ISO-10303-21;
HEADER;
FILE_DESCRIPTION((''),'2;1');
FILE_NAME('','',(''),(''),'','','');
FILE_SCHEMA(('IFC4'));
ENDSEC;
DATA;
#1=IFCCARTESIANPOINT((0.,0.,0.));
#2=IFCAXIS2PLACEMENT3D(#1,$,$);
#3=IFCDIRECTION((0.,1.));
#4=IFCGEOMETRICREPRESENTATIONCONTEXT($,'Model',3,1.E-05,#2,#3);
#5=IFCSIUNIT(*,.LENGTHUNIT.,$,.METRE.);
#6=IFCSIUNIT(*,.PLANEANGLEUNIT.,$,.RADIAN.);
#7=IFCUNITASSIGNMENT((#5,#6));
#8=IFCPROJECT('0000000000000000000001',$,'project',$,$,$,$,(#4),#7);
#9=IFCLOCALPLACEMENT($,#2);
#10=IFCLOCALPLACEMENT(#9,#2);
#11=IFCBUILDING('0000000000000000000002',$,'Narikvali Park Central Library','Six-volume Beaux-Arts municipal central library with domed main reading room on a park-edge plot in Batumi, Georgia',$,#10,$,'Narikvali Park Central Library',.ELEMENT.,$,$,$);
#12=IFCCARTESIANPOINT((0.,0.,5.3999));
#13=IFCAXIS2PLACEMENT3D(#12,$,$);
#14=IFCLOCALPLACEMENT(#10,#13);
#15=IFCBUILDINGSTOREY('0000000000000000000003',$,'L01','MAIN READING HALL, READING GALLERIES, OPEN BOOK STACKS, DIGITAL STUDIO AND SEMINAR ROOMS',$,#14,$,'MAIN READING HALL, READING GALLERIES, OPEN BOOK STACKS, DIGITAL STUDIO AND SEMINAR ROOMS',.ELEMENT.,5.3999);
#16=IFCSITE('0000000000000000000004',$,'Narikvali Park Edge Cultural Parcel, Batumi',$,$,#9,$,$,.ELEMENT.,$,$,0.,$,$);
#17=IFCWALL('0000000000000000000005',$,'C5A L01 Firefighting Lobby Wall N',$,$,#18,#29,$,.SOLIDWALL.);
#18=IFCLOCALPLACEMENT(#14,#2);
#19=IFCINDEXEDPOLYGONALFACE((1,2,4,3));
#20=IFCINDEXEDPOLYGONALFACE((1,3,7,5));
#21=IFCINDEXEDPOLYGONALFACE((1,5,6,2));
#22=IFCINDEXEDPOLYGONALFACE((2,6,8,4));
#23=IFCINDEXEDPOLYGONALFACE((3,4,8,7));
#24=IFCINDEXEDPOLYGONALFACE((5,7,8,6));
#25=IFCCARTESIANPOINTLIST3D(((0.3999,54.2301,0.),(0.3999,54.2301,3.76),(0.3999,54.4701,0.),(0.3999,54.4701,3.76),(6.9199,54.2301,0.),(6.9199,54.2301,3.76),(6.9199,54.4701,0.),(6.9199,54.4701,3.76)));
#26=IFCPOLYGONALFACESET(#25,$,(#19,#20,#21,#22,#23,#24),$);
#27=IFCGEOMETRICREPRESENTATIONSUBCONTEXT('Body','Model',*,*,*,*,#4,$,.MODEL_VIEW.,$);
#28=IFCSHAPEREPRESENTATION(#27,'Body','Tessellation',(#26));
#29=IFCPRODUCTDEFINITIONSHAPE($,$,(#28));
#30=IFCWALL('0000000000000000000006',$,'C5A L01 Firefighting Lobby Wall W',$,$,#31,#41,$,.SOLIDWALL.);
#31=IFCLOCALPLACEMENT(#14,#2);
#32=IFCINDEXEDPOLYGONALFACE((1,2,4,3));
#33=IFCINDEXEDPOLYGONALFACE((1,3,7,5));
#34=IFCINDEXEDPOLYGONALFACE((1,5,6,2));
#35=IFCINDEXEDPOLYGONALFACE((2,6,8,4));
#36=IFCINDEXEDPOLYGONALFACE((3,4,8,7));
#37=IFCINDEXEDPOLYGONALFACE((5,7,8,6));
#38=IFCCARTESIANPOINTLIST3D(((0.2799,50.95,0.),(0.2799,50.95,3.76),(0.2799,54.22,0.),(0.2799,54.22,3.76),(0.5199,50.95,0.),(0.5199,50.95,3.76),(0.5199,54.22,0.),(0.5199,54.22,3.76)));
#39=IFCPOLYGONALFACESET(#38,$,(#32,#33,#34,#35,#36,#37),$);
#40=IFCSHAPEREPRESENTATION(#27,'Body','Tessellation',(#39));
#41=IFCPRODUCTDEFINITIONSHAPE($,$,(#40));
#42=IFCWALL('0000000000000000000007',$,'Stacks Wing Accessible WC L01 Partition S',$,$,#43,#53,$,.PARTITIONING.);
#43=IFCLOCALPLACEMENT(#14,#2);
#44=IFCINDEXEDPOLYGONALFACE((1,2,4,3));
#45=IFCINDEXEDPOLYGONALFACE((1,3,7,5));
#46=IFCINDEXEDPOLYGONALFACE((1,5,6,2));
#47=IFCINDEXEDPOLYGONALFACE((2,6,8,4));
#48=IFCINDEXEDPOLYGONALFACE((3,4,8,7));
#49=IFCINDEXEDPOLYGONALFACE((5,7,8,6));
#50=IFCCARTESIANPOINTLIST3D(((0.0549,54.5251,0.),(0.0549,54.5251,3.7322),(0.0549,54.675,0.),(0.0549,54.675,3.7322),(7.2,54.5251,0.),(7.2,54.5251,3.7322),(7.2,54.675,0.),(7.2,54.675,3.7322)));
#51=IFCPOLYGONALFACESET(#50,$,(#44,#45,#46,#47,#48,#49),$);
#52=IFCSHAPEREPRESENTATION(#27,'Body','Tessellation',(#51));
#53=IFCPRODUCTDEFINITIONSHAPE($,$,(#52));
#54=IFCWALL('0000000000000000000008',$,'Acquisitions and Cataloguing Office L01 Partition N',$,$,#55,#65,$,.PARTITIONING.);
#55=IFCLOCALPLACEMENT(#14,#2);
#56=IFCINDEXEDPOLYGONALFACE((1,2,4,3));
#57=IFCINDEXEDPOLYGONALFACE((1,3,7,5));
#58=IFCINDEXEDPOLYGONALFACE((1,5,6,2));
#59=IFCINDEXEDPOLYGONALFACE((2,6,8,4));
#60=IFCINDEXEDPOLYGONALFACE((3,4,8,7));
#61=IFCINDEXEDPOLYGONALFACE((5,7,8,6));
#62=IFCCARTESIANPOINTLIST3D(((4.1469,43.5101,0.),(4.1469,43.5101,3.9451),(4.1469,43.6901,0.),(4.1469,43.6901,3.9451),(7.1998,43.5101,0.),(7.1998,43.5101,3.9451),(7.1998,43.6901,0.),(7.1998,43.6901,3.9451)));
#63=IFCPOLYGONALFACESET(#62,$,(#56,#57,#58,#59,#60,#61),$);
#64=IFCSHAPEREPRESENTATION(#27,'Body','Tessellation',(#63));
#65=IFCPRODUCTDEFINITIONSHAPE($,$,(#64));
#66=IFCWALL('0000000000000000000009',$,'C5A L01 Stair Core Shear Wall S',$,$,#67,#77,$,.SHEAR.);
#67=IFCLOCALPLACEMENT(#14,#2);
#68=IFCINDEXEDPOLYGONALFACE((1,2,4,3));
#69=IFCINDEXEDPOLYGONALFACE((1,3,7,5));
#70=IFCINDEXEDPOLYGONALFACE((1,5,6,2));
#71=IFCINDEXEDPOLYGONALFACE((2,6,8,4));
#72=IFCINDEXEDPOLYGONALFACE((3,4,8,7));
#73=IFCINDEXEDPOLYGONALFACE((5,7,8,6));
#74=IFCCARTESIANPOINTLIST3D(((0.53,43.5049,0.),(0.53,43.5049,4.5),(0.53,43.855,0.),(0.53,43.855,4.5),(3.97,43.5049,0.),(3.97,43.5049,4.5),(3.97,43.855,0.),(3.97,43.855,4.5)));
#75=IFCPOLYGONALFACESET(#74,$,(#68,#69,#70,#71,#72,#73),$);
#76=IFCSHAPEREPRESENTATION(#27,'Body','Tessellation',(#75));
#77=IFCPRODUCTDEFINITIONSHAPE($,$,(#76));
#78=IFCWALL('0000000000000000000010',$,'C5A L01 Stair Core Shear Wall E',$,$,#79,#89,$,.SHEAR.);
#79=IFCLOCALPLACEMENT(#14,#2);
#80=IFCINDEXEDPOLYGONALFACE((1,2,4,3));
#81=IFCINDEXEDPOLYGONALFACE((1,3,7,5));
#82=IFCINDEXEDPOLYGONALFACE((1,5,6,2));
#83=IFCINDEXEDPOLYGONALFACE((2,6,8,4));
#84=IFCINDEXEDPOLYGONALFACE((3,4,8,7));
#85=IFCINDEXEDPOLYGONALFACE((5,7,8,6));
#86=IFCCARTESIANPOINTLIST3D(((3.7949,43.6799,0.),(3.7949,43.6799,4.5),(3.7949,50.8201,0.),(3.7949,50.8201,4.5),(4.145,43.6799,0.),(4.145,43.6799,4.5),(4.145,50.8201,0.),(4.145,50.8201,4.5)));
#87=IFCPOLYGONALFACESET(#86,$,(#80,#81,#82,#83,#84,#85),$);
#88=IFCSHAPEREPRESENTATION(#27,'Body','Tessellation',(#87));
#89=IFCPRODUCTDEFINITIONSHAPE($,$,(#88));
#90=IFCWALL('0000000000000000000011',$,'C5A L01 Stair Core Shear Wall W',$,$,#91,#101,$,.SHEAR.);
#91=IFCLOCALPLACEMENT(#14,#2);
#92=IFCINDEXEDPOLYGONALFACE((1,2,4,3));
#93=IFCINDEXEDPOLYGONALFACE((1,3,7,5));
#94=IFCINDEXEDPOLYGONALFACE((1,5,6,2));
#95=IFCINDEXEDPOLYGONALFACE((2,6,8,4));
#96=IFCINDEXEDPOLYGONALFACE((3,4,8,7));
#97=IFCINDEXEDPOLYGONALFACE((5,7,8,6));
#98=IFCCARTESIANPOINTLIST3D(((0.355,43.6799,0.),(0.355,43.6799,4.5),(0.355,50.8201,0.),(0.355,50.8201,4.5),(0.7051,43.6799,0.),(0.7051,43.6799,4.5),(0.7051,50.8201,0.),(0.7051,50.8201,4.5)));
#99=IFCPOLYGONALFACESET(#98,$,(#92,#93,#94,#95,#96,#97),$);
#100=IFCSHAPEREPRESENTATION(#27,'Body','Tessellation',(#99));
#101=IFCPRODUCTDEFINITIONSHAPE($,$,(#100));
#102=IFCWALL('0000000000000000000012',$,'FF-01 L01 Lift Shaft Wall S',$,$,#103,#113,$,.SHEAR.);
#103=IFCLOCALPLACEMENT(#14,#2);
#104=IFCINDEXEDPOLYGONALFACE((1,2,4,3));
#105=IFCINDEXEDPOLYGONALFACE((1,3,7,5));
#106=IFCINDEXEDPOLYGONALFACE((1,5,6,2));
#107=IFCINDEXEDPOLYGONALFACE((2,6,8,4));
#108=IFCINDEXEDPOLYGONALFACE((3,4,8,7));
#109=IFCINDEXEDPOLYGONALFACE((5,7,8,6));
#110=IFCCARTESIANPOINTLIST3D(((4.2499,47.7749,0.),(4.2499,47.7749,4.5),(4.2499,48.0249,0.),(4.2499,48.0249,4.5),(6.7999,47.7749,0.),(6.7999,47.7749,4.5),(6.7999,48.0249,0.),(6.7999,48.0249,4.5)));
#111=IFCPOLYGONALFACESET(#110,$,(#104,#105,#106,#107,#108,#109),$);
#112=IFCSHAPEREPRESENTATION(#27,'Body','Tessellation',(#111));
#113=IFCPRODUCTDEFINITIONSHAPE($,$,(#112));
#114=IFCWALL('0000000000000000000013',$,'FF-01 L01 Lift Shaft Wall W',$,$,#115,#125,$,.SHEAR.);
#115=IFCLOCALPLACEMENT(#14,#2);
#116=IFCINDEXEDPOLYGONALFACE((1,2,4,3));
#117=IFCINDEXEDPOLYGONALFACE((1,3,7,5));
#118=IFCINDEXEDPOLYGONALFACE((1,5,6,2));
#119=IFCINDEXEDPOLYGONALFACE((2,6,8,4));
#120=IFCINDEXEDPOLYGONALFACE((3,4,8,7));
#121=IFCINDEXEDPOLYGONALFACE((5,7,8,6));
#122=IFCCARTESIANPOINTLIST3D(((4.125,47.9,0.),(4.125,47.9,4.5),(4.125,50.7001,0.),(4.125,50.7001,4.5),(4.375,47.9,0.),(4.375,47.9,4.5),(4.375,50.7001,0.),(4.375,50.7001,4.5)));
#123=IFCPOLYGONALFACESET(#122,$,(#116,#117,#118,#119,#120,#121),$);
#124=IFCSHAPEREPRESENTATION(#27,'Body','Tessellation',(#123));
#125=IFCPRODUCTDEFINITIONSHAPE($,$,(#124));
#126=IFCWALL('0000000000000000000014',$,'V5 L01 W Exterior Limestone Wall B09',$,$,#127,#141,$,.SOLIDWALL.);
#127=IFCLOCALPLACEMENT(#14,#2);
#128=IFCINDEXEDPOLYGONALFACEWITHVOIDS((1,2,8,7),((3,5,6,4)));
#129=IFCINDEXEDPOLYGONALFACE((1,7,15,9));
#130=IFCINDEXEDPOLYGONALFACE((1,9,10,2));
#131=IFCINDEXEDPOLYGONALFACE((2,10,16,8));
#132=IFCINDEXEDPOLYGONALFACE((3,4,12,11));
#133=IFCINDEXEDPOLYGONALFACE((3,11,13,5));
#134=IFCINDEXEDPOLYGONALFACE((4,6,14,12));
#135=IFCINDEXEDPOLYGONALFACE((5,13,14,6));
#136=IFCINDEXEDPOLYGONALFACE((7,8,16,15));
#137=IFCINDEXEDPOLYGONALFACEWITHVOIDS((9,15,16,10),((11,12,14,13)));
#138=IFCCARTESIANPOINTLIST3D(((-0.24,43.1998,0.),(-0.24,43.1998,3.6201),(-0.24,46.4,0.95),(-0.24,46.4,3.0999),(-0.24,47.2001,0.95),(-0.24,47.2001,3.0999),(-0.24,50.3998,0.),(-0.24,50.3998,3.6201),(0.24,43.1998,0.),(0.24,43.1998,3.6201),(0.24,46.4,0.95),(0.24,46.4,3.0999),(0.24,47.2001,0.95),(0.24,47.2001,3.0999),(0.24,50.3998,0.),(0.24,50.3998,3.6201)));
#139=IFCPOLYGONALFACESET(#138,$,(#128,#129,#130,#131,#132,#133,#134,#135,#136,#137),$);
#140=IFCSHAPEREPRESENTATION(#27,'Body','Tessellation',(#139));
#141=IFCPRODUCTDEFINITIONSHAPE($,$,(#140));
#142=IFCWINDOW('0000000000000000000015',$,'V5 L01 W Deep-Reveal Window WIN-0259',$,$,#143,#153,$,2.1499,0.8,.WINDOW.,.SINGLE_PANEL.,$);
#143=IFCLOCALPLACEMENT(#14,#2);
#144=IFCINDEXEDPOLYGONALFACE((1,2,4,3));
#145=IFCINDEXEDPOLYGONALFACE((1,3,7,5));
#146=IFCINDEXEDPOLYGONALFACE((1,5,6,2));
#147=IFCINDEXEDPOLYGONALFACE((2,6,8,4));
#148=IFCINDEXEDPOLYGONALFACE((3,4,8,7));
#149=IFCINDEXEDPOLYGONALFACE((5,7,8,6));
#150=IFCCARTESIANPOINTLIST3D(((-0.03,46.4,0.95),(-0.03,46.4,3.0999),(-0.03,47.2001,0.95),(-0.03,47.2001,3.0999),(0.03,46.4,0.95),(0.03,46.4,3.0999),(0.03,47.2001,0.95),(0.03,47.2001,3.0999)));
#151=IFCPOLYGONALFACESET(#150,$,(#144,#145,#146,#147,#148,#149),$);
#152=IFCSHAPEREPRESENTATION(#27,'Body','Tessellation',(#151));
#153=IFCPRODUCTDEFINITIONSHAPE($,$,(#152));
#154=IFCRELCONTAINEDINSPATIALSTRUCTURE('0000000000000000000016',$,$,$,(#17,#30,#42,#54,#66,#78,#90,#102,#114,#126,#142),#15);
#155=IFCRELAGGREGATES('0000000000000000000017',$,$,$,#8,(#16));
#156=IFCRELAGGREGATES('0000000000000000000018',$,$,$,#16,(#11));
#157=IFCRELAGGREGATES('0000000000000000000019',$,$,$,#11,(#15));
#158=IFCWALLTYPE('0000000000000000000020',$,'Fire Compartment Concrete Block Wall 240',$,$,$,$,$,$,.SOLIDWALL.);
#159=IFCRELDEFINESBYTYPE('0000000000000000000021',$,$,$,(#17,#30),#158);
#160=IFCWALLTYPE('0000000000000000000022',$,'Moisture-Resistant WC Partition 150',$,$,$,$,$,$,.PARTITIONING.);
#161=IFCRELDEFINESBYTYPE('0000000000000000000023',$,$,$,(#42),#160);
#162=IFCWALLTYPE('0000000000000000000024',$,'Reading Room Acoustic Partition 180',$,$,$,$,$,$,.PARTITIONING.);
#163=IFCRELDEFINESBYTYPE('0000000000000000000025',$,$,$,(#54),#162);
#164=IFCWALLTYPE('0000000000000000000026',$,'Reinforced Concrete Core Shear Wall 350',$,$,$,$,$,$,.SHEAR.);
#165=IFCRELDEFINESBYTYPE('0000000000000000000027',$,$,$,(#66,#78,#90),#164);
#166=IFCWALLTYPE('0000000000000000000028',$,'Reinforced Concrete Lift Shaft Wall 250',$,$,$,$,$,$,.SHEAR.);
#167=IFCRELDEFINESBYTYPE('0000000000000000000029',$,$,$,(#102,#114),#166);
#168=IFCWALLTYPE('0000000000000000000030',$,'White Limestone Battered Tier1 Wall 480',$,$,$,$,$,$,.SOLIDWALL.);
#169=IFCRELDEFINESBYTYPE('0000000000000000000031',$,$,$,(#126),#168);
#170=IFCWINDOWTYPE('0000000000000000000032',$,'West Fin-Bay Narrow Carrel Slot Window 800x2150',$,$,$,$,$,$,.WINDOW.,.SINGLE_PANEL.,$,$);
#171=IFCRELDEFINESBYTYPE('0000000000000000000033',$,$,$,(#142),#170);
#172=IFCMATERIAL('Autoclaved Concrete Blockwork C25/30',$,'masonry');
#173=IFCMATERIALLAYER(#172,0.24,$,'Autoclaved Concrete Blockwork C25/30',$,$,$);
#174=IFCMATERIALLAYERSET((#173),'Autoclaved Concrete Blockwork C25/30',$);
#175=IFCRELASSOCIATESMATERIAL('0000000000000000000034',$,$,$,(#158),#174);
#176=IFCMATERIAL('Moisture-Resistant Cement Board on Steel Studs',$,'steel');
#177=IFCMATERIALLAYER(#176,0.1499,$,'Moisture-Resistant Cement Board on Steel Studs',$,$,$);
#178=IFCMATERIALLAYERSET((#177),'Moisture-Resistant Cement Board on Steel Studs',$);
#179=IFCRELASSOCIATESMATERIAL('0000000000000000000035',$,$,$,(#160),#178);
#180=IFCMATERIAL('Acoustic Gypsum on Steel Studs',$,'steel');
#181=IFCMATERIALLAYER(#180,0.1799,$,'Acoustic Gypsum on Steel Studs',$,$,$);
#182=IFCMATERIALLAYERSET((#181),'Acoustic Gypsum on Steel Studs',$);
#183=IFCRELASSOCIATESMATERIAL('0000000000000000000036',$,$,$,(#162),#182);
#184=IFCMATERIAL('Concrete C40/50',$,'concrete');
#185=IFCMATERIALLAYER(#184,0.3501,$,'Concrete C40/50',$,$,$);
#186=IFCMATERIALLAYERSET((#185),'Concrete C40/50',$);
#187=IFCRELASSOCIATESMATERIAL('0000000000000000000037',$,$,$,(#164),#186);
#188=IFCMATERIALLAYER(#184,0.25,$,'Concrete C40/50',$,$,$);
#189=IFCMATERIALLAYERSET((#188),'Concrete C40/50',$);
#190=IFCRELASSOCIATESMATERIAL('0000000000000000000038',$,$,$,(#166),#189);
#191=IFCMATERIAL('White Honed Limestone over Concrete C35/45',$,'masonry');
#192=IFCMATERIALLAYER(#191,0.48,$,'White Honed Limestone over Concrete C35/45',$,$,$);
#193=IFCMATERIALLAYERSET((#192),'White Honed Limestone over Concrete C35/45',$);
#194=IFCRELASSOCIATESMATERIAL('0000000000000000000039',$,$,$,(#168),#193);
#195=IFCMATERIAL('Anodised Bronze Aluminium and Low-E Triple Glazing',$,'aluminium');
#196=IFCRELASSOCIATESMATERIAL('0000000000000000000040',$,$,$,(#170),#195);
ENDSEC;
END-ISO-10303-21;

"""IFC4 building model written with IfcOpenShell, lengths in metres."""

from ifc_helpers import new_model, si_unit, direction, frame, frame_2d, origin, place, context, subcontext, project, spatial, rectangle, extrude, material, layer, layer_set, type_object, element, fill, save


model = new_model("IFC4")

# Units and contexts
model_context = context("Model", 3, precision=1e-05, world=origin(), true_north=direction((0.0, 1.0)))
body_context = subcontext(model_context, "Body", "Model", "MODEL_VIEW")
ifc_project = project(units=[si_unit("LENGTHUNIT", "METRE"), si_unit("PLANEANGLEUNIT", "RADIAN")], contexts=[model_context])

# Site, building, storey
site_placement = place(None, origin())
site = spatial("IfcSite", under=ifc_project, at=site_placement, Name="Narikvali Park Edge Cultural Parcel, Batumi", CompositionType="ELEMENT", RefElevation=0.0)
building_placement = place(site_placement, origin())
building = spatial("IfcBuilding", under=site, at=building_placement, Name="Narikvali Park Central Library", Description="Six-volume Beaux-Arts municipal central library with domed main reading room on a park-edge plot in Batumi, Georgia", LongName="Narikvali Park Central Library", CompositionType="ELEMENT")
storey_placement = place(building_placement, frame((0.0, 0.0, 5.3999)))
storey = spatial("IfcBuildingStorey", under=building, at=storey_placement, Name="L01", Description="MAIN READING HALL, READING GALLERIES, OPEN BOOK STACKS, DIGITAL STUDIO AND SEMINAR ROOMS", LongName="MAIN READING HALL, READING GALLERIES, OPEN BOOK STACKS, DIGITAL STUDIO AND SEMINAR ROOMS", CompositionType="ELEMENT", Elevation=5.3999)

# Walls
ifc_material_1 = material(Name="Autoclaved Concrete Blockwork C25/30", Category="masonry")
ifc_layer_1 = layer(ifc_material_1, 0.24, Name="Autoclaved Concrete Blockwork C25/30")
ifc_layer_set_1 = layer_set([ifc_layer_1], Name="Autoclaved Concrete Blockwork C25/30")
wall_type_1 = type_object("IfcWallType", Name="Fire Compartment Concrete Block Wall 240", PredefinedType="SOLIDWALL", material=ifc_layer_set_1)
wall_1_placement = place(storey_placement, frame((0.3999, 54.3501, 0.0), z_axis=(0.0, 0.0, 1.0), x_axis=(1.0, 0.0, 0.0)))
element("IfcWall", 1, at=wall_1_placement, inside=storey, type_object=wall_type_1, Name="C5A L01 Firefighting Lobby Wall N", PredefinedType="SOLIDWALL", context=body_context, shape_type="SweptSolid", body=[
    extrude(rectangle(XDim=6.52, YDim=0.24, at=frame_2d((3.26, 0.0))), origin(), (0.0, 0.0, 1.0), 3.76),
])
wall_2_placement = place(storey_placement, frame((0.3999, 50.95, 0.0), z_axis=(0.0, 0.0, 1.0), x_axis=(0.0, 1.0, 0.0)))
element("IfcWall", 2, at=wall_2_placement, inside=storey, type_object=wall_type_1, Name="C5A L01 Firefighting Lobby Wall W", PredefinedType="SOLIDWALL", context=body_context, shape_type="SweptSolid", body=[
    extrude(rectangle(XDim=3.27, YDim=0.24, at=frame_2d((1.635, 0.0))), origin(), (0.0, 0.0, 1.0), 3.76),
])
ifc_material_2 = material(Name="Moisture-Resistant Cement Board on Steel Studs", Category="steel")
ifc_layer_2 = layer(ifc_material_2, 0.1499, Name="Moisture-Resistant Cement Board on Steel Studs")
ifc_layer_set_2 = layer_set([ifc_layer_2], Name="Moisture-Resistant Cement Board on Steel Studs")
wall_type_2 = type_object("IfcWallType", Name="Moisture-Resistant WC Partition 150", PredefinedType="PARTITIONING", material=ifc_layer_set_2)
wall_3_placement = place(storey_placement, frame((0.0549, 54.6001, 0.0), z_axis=(0.0, 0.0, 1.0), x_axis=(1.0, 0.0, 0.0)))
element("IfcWall", 3, at=wall_3_placement, inside=storey, type_object=wall_type_2, Name="Stacks Wing Accessible WC L01 Partition S", PredefinedType="PARTITIONING", context=body_context, shape_type="SweptSolid", body=[
    extrude(rectangle(XDim=7.145, YDim=0.1499, at=frame_2d((3.5725, 0.0))), origin(), (0.0, 0.0, 1.0), 3.7322),
])
ifc_material_3 = material(Name="Acoustic Gypsum on Steel Studs", Category="steel")
ifc_layer_3 = layer(ifc_material_3, 0.1799, Name="Acoustic Gypsum on Steel Studs")
ifc_layer_set_3 = layer_set([ifc_layer_3], Name="Acoustic Gypsum on Steel Studs")
wall_type_3 = type_object("IfcWallType", Name="Reading Room Acoustic Partition 180", PredefinedType="PARTITIONING", material=ifc_layer_set_3)
wall_4_placement = place(storey_placement, frame((4.147, 43.6001, 0.0), z_axis=(0.0, 0.0, 1.0), x_axis=(1.0, 0.0, 0.0)))
element("IfcWall", 4, at=wall_4_placement, inside=storey, type_object=wall_type_3, Name="Acquisitions and Cataloguing Office L01 Partition N", PredefinedType="PARTITIONING", context=body_context, shape_type="SweptSolid", body=[
    extrude(rectangle(XDim=3.053, YDim=0.1799, at=frame_2d((1.5264, 0.0))), origin(), (0.0, 0.0, 1.0), 3.9451),
])
ifc_material_4 = material(Name="Concrete C40/50", Category="concrete")
ifc_layer_4 = layer(ifc_material_4, 0.3501, Name="Concrete C40/50")
ifc_layer_set_4 = layer_set([ifc_layer_4], Name="Concrete C40/50")
wall_type_4 = type_object("IfcWallType", Name="Reinforced Concrete Core Shear Wall 350", PredefinedType="SHEAR", material=ifc_layer_set_4)
wall_5_placement = place(storey_placement, frame((0.53, 43.6799, 0.0), z_axis=(0.0, 0.0, 1.0), x_axis=(1.0, 0.0, 0.0)))
element("IfcWall", 5, at=wall_5_placement, inside=storey, type_object=wall_type_4, Name="C5A L01 Stair Core Shear Wall S", PredefinedType="SHEAR", context=body_context, shape_type="SweptSolid", body=[
    extrude(rectangle(XDim=3.4399, YDim=0.3501, at=frame_2d((1.72, 0.0))), origin(), (0.0, 0.0, 1.0), 4.5),
])
wall_6_placement = place(storey_placement, frame((3.97, 43.6799, 0.0), z_axis=(0.0, 0.0, 1.0), x_axis=(0.0, 1.0, 0.0)))
element("IfcWall", 6, at=wall_6_placement, inside=storey, type_object=wall_type_4, Name="C5A L01 Stair Core Shear Wall E", PredefinedType="SHEAR", context=body_context, shape_type="SweptSolid", body=[
    extrude(rectangle(XDim=7.1401, YDim=0.3501, at=frame_2d((3.5701, 0.0))), origin(), (0.0, 0.0, 1.0), 4.5),
])

# Walls
wall_7_placement = place(storey_placement, frame((0.53, 50.8201, 0.0), z_axis=(0.0, 0.0, 1.0), x_axis=(0.0, -1.0, 0.0)))
element("IfcWall", 7, at=wall_7_placement, inside=storey, type_object=wall_type_4, Name="C5A L01 Stair Core Shear Wall W", PredefinedType="SHEAR", context=body_context, shape_type="SweptSolid", body=[
    extrude(rectangle(XDim=7.1401, YDim=0.3501, at=frame_2d((3.5701, 0.0))), origin(), (0.0, 0.0, 1.0), 4.5),
])
ifc_layer_5 = layer(ifc_material_4, 0.25, Name="Concrete C40/50")
ifc_layer_set_5 = layer_set([ifc_layer_5], Name="Concrete C40/50")
wall_type_5 = type_object("IfcWallType", Name="Reinforced Concrete Lift Shaft Wall 250", PredefinedType="SHEAR", material=ifc_layer_set_5)
wall_8_placement = place(storey_placement, frame((4.25, 47.8999, 0.0), z_axis=(0.0, 0.0, 1.0), x_axis=(1.0, 0.0, 0.0)))
element("IfcWall", 8, at=wall_8_placement, inside=storey, type_object=wall_type_5, Name="FF-01 L01 Lift Shaft Wall S", PredefinedType="SHEAR", context=body_context, shape_type="SweptSolid", body=[
    extrude(rectangle(XDim=2.55, YDim=0.25, at=frame_2d((1.2749, 0.0))), origin(), (0.0, 0.0, 1.0), 4.5),
])
wall_9_placement = place(storey_placement, frame((4.25, 50.7, 0.0), z_axis=(0.0, 0.0, 1.0), x_axis=(0.0, -1.0, 0.0)))
element("IfcWall", 9, at=wall_9_placement, inside=storey, type_object=wall_type_5, Name="FF-01 L01 Lift Shaft Wall W", PredefinedType="SHEAR", context=body_context, shape_type="SweptSolid", body=[
    extrude(rectangle(XDim=2.8, YDim=0.25, at=frame_2d((1.3999, 0.0))), origin(), (0.0, 0.0, 1.0), 4.5),
])

# Wall, opening, window
ifc_material_5 = material(Name="White Honed Limestone over Concrete C35/45", Category="masonry")
ifc_layer_6 = layer(ifc_material_5, 0.48, Name="White Honed Limestone over Concrete C35/45")
ifc_layer_set_6 = layer_set([ifc_layer_6], Name="White Honed Limestone over Concrete C35/45")
wall_type_6 = type_object("IfcWallType", Name="White Limestone Battered Tier1 Wall 480", PredefinedType="SOLIDWALL", material=ifc_layer_set_6)
wall_10_placement = place(storey_placement, frame((0.0, 50.3999, 0.0), z_axis=(0.0, 0.0, 1.0), x_axis=(0.0, -1.0, 0.0)))
wall_10 = element("IfcWall", 10, at=wall_10_placement, inside=storey, type_object=wall_type_6, Name="V5 L01 W Exterior Limestone Wall B09", PredefinedType="SOLIDWALL", context=body_context, shape_type="SweptSolid", body=[
    extrude(rectangle(XDim=7.2, YDim=0.48, at=frame_2d((3.6001, 0.0))), origin(), (0.0, 0.0, 1.0), 3.6201),
])
opening_1_placement = place(wall_10_placement, frame((3.2, 0.0, 0.95)))
opening_1 = element("IfcOpeningElement", 11, at=opening_1_placement, cuts=wall_10, PredefinedType="OPENING", context=body_context, shape_type="SweptSolid", body=[
    extrude(rectangle(XDim=0.8, YDim=2.1499, at=frame_2d((0.3999, 1.075))), frame((0.0, 0.252, 0.0), z_axis=(0.0, -1.0, 0.0), x_axis=(1.0, 0.0, 0.0)), (0.0, 0.0, 1.0), 0.5039),
])
ifc_material_6 = material(Name="Anodised Bronze Aluminium and Low-E Triple Glazing", Category="aluminium")
window_type = type_object("IfcWindowType", Name="West Fin-Bay Narrow Carrel Slot Window 800x2150", PartitioningType="SINGLE_PANEL", PredefinedType="WINDOW", material=ifc_material_6)
window_placement = place(opening_1_placement, origin())
window = element("IfcWindow", 12, at=window_placement, inside=storey, type_object=window_type, Name="V5 L01 W Deep-Reveal Window WIN-0259", OverallHeight=2.1499, OverallWidth=0.8, PartitioningType="SINGLE_PANEL", PredefinedType="WINDOW", context=body_context, shape_type="SweptSolid", body=[
    extrude(rectangle(XDim=0.8, YDim=2.1499, at=frame_2d((0.3999, 1.075))), frame((0.0, 0.03, 0.0), z_axis=(0.0, -1.0, 0.0), x_axis=(1.0, 0.0, 0.0)), (0.0, 0.0, 1.0), 0.0601),
])
fill(opening_1, window)

save(model, "model.ifc")
